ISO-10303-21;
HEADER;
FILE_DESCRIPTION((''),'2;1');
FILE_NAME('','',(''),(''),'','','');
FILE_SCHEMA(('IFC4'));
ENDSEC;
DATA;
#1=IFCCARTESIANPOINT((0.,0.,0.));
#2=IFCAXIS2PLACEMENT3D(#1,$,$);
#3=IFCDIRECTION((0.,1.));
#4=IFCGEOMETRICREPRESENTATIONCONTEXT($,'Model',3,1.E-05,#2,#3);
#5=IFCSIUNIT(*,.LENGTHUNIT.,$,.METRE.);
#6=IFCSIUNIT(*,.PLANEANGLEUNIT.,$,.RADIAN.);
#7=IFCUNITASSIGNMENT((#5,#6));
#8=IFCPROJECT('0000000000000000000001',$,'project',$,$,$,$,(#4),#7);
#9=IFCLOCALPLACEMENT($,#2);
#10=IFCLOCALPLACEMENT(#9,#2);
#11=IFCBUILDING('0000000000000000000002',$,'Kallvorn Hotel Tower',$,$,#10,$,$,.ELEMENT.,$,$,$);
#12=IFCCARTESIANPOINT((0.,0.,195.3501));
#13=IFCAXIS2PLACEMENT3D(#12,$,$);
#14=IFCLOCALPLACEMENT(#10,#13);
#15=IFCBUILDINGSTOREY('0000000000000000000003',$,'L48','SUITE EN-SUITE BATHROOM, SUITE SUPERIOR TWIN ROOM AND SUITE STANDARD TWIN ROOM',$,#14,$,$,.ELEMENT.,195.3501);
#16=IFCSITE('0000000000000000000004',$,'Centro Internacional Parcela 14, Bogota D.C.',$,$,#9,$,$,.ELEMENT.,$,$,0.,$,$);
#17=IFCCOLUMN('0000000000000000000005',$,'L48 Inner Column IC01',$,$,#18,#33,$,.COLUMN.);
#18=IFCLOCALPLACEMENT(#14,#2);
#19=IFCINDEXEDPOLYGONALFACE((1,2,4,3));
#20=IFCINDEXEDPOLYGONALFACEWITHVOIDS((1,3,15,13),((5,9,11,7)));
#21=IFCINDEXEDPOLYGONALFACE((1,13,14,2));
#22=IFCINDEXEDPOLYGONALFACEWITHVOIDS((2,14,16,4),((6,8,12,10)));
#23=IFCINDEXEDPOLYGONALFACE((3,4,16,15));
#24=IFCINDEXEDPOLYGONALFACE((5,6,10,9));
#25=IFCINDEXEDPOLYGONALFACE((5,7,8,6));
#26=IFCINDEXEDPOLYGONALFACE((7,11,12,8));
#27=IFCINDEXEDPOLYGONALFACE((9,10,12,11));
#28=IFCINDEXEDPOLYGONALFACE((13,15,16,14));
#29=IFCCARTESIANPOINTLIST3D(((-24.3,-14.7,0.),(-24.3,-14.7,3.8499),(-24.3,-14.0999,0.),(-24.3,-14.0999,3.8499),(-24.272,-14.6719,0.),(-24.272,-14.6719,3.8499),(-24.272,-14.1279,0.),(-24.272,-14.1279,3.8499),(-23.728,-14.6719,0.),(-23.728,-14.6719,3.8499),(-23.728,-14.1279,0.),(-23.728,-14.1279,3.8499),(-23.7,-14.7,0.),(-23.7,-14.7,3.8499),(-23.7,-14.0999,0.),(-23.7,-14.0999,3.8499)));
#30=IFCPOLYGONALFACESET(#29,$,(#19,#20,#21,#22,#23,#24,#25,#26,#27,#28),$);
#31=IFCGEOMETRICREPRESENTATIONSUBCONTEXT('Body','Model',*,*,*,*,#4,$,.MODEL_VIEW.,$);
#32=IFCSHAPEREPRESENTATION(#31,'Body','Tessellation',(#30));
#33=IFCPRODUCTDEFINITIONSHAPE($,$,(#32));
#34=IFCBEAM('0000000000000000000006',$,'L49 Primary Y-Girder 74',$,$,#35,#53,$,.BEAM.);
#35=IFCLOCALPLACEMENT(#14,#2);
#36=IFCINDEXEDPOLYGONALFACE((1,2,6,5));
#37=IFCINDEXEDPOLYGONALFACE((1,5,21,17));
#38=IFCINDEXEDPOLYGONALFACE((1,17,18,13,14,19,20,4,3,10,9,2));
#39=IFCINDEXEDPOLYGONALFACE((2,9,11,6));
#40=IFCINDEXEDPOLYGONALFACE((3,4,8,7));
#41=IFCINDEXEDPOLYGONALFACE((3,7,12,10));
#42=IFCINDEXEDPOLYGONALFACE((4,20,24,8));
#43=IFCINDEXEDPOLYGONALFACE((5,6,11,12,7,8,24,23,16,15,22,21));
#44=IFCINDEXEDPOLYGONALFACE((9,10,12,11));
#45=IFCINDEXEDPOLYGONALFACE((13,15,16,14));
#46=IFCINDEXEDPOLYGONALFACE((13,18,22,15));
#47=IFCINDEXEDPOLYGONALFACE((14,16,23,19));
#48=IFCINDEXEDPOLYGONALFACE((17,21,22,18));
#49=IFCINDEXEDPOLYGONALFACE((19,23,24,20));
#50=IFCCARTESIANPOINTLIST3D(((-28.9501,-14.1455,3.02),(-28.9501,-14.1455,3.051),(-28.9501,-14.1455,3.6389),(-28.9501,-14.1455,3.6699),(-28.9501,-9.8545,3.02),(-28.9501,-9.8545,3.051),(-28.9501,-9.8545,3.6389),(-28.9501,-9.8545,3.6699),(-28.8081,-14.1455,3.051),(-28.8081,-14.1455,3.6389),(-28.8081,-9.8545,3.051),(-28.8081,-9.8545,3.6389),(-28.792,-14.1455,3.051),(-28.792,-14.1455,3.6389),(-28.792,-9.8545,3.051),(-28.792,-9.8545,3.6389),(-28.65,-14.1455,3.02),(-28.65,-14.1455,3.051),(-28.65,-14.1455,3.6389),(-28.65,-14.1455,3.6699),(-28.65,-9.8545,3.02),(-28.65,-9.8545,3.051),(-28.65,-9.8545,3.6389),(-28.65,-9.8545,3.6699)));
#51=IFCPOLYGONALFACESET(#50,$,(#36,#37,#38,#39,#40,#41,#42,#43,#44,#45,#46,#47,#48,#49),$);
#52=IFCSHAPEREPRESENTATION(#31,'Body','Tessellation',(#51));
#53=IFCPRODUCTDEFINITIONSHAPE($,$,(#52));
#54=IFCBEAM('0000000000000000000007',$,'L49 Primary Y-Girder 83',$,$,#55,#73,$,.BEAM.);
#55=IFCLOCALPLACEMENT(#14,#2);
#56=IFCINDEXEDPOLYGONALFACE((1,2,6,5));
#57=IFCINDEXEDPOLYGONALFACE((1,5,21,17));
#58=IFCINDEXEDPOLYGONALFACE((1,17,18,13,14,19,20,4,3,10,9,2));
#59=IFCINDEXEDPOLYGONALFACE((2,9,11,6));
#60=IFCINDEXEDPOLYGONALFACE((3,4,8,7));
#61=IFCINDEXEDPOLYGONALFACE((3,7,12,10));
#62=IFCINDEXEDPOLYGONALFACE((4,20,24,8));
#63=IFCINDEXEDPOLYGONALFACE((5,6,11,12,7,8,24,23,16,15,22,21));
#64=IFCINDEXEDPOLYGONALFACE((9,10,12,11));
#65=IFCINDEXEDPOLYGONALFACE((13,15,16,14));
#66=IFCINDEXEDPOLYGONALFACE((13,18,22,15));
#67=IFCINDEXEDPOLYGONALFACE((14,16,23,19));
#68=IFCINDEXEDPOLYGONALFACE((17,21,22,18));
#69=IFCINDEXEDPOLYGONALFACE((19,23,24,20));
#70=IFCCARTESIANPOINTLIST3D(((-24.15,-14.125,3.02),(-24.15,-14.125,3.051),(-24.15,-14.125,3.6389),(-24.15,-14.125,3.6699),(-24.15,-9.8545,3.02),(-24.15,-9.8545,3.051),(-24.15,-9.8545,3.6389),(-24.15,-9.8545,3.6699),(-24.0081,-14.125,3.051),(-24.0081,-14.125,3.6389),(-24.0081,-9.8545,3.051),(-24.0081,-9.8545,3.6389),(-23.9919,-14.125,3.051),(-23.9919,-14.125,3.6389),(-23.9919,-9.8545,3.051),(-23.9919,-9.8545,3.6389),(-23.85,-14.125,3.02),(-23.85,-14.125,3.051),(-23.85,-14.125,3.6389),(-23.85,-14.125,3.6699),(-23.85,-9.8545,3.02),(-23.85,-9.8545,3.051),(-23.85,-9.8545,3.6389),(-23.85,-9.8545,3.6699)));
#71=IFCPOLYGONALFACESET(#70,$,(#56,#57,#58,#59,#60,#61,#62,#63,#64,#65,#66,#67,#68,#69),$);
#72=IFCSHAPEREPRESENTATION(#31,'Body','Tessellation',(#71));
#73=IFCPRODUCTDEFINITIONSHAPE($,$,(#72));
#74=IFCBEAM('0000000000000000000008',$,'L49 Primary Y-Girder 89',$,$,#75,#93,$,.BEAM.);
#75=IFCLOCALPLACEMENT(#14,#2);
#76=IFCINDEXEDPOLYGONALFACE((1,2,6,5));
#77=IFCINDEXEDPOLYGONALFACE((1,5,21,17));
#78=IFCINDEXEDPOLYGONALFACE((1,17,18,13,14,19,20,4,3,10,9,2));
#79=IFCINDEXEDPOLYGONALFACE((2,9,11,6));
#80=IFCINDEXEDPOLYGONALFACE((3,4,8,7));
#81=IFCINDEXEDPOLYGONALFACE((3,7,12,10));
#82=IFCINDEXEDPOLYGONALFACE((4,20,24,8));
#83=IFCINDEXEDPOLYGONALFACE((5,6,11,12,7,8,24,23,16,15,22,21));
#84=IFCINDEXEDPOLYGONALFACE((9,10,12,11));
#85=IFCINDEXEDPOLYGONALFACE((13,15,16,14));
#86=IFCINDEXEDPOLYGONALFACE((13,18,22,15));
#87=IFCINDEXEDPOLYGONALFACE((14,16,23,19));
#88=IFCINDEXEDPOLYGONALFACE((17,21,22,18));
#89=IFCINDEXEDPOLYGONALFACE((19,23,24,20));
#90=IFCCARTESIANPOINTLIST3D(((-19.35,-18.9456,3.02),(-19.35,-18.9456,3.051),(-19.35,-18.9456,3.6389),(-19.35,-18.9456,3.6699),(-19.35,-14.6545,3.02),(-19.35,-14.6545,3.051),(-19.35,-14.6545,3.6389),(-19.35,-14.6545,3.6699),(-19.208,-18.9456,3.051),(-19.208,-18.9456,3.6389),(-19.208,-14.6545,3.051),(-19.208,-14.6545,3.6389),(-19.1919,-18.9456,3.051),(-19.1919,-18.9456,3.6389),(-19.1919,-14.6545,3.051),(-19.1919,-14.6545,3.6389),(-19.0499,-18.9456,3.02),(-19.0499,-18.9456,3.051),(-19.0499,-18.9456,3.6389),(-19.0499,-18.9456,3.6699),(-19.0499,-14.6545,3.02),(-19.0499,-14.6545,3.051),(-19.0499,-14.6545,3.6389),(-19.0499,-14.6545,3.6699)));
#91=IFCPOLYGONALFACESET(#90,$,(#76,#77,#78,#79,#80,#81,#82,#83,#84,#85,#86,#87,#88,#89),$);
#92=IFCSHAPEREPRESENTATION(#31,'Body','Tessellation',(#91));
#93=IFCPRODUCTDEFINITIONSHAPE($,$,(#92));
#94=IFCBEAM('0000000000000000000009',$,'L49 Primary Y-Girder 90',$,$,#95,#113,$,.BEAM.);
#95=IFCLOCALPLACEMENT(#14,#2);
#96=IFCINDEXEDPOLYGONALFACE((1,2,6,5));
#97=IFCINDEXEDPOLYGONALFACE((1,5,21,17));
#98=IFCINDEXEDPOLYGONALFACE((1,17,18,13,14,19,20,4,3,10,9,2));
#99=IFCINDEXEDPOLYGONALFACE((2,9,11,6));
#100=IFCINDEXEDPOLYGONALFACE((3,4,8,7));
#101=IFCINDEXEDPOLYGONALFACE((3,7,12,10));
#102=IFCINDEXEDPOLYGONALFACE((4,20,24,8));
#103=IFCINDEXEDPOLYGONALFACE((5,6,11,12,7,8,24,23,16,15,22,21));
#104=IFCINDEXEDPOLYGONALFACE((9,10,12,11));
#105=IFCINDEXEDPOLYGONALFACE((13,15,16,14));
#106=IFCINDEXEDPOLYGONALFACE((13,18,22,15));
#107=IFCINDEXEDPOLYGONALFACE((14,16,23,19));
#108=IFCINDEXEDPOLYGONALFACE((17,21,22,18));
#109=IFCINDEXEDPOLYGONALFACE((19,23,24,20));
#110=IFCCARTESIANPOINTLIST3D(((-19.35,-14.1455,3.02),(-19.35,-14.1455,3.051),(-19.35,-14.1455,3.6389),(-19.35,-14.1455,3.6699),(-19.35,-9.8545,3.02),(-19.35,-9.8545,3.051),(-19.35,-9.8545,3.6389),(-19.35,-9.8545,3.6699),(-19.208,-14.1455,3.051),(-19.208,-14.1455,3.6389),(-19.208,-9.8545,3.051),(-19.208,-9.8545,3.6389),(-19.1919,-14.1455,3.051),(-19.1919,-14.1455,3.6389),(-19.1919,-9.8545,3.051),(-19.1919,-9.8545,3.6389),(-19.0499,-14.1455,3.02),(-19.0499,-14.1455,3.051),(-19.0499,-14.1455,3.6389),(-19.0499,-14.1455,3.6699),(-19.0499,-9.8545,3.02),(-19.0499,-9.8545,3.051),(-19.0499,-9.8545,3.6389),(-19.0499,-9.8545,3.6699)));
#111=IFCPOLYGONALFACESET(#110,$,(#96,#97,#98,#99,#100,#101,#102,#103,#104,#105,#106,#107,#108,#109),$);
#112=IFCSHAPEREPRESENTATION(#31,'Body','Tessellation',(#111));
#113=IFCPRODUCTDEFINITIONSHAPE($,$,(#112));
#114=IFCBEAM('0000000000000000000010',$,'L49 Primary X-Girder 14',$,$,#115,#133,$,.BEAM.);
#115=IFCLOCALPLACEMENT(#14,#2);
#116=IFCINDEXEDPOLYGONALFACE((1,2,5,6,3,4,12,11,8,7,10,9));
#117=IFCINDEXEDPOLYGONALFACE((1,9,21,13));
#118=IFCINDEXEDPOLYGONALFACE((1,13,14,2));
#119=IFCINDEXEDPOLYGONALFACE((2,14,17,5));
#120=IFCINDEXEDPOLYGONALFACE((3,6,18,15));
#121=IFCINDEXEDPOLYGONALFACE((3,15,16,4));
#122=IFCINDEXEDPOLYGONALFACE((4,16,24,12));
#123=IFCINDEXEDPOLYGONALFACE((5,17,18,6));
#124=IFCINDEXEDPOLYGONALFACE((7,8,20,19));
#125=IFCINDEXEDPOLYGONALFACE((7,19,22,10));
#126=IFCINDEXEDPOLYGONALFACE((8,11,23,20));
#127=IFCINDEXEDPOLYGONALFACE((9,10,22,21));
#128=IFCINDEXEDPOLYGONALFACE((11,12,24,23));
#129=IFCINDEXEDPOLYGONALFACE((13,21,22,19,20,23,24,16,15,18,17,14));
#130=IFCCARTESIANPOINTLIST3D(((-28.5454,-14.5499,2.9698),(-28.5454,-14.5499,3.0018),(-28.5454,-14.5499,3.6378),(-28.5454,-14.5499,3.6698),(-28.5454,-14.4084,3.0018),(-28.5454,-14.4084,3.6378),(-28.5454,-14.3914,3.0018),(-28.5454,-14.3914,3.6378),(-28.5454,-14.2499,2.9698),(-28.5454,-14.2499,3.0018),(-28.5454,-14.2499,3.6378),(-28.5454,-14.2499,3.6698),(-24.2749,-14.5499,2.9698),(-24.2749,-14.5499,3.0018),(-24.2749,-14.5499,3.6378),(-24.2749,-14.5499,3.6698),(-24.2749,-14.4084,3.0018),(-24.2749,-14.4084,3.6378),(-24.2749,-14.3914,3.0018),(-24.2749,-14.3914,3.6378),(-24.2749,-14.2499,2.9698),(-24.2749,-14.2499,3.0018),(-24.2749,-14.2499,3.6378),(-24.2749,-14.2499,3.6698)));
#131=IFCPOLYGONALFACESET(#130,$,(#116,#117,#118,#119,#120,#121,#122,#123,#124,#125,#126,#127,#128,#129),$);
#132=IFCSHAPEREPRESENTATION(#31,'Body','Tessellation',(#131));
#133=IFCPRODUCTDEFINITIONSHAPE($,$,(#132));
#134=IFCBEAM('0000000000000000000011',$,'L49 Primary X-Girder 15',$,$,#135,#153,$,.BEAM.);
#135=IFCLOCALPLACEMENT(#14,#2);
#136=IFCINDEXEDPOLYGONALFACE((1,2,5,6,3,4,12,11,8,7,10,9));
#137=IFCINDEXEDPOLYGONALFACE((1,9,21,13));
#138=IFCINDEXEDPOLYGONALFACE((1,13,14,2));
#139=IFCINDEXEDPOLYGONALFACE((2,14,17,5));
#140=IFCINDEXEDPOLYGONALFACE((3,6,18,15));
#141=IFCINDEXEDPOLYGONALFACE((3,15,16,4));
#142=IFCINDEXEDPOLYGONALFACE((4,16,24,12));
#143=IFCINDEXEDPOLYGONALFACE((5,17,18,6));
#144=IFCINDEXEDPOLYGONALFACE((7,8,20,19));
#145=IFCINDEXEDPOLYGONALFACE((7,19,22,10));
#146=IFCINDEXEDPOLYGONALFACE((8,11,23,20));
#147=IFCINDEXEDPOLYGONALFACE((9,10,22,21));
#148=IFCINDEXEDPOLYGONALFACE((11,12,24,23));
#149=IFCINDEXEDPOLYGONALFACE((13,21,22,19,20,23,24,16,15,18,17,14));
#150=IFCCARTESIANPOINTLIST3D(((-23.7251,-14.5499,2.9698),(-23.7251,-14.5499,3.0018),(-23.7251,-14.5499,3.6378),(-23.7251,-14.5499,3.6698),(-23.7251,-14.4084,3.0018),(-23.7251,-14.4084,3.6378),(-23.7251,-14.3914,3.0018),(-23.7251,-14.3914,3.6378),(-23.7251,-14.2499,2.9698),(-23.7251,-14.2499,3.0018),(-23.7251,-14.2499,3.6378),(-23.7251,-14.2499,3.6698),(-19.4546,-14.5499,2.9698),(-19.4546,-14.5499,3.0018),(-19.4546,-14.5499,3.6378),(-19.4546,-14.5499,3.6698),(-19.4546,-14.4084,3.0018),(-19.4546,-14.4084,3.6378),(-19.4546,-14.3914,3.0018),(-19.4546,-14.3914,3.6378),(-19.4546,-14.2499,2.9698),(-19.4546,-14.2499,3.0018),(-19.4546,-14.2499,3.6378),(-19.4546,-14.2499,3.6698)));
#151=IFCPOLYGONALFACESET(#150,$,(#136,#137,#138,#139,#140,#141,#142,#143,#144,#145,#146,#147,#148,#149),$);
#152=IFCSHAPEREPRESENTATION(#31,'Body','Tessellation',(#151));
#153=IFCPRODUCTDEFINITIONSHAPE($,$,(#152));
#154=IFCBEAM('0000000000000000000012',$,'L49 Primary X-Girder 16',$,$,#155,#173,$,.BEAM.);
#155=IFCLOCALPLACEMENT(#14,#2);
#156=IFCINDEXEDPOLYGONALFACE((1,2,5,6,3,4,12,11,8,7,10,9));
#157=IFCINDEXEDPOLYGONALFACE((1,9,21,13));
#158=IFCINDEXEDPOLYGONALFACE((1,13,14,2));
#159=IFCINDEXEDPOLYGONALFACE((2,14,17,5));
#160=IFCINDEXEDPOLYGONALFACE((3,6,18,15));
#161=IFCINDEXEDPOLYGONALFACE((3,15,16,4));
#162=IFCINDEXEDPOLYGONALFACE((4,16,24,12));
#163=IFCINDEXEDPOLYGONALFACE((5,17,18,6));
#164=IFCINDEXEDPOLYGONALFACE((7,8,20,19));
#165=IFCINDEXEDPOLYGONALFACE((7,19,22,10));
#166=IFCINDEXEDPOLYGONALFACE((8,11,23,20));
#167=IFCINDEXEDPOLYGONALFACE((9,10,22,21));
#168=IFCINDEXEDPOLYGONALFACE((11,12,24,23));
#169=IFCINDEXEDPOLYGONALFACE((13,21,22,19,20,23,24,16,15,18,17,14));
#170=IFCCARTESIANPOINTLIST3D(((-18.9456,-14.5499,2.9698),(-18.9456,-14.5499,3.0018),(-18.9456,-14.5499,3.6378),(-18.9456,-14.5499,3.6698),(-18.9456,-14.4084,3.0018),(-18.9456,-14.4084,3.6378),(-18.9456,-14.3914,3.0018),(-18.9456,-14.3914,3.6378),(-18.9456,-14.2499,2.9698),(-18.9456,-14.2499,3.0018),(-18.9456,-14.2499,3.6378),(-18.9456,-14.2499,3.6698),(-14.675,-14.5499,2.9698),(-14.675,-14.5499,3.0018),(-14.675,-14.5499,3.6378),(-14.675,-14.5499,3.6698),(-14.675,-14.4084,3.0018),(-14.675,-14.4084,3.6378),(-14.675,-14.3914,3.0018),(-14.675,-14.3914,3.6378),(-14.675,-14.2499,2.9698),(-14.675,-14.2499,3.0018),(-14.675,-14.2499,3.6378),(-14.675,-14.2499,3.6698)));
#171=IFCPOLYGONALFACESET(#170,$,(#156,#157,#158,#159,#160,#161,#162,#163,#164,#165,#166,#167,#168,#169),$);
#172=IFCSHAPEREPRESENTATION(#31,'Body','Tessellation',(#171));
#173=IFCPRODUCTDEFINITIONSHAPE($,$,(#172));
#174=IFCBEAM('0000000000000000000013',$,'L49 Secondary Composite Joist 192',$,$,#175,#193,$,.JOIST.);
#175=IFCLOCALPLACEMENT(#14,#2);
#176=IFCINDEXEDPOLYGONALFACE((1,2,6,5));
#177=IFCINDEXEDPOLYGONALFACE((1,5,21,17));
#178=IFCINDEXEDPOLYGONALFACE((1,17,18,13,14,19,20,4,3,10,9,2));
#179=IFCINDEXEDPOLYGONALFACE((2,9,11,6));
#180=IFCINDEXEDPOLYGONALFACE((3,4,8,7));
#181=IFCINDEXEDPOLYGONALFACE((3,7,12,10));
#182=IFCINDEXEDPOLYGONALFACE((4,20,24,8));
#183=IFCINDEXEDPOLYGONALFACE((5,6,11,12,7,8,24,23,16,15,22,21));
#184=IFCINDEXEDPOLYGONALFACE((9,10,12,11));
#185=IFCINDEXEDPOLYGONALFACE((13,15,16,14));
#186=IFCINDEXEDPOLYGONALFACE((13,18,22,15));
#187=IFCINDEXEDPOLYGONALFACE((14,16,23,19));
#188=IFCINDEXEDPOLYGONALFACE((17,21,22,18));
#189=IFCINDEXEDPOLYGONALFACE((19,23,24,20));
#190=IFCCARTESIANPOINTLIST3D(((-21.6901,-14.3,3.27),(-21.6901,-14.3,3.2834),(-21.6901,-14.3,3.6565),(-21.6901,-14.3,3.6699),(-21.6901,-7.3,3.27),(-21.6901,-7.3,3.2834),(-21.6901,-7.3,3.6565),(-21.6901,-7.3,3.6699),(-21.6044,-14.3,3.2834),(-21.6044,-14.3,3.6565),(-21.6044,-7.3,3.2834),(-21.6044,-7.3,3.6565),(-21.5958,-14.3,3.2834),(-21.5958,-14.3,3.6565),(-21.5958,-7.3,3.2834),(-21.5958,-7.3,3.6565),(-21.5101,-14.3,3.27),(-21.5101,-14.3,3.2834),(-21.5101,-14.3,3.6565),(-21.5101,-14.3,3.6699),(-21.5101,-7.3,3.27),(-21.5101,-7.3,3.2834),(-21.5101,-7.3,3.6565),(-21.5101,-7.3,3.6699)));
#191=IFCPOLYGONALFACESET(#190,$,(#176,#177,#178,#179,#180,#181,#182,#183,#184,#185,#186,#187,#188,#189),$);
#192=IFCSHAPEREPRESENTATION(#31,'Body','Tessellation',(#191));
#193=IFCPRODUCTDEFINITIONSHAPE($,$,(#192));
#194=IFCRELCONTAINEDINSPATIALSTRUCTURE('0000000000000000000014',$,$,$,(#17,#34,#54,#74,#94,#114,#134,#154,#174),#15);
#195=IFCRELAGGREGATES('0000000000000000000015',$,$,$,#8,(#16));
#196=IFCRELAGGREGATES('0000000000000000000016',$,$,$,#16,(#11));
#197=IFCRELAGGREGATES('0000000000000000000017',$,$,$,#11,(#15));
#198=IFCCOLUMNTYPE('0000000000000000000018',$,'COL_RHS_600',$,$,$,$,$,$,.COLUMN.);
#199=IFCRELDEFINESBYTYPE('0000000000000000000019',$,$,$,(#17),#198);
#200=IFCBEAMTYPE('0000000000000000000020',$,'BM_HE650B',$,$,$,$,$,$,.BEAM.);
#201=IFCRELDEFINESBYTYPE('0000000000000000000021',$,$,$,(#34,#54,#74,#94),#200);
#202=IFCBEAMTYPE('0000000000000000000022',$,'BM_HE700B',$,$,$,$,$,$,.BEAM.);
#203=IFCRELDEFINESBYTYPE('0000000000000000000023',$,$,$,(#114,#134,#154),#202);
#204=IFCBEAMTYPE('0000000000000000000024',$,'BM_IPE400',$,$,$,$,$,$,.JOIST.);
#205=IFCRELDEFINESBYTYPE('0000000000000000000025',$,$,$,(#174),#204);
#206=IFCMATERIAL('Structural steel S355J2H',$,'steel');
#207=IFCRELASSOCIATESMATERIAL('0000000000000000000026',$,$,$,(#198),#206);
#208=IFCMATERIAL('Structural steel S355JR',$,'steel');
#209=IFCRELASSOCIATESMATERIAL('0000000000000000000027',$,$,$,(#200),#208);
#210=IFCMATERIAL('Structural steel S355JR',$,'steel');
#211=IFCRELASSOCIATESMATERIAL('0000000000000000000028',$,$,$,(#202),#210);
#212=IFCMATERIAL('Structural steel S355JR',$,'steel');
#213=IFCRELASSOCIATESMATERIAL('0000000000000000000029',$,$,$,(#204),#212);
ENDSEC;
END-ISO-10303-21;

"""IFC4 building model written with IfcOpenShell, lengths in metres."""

from ifc_helpers import new_model, si_unit, direction, frame, origin, origin_2d, place, context, subcontext, project, spatial, hollow_rectangle, i_section, extrude, material, material_profile, profile_set, type_object, element, save


model = new_model("IFC4")

# Units and contexts
model_context = context("Model", 3, precision=1e-05, world=origin(), true_north=direction((0.0, 1.0)))
body_context = subcontext(model_context, "Body", "Model", "MODEL_VIEW")
ifc_project = project(units=[si_unit("LENGTHUNIT", "METRE"), si_unit("PLANEANGLEUNIT", "RADIAN")], contexts=[model_context])

# Site, building, storey
site_placement = place(None, origin())
site = spatial("IfcSite", under=ifc_project, at=site_placement, Name="Centro Internacional Parcela 14, Bogota D.C.", CompositionType="ELEMENT", RefElevation=0.0)
building_placement = place(site_placement, origin())
building = spatial("IfcBuilding", under=site, at=building_placement, Name="Kallvorn Hotel Tower", CompositionType="ELEMENT")
storey_placement = place(building_placement, frame((0.0, 0.0, 195.3501)))
storey = spatial("IfcBuildingStorey", under=building, at=storey_placement, Name="L48", Description="SUITE EN-SUITE BATHROOM, SUITE SUPERIOR TWIN ROOM AND SUITE STANDARD TWIN ROOM", CompositionType="ELEMENT", Elevation=195.3501)

# Column
ifc_material_1 = material(Name="Structural steel S355J2H", Category="steel")
ifc_material_profile_1 = material_profile(ifc_material_1, hollow_rectangle(XDim=0.6001, YDim=0.6001, WallThickness=0.0281, at=origin_2d()), Name="RHS 600x600x28")
ifc_profile_set_1 = profile_set([ifc_material_profile_1], Name="Structural steel S355J2H")
column_type_1 = type_object("IfcColumnType", Name="COL_RHS_600", PredefinedType="COLUMN", material=ifc_profile_set_1)
column_placement = place(storey_placement, frame((-24.0, -14.3999, 0.0), z_axis=(0.0, 0.0, 1.0), x_axis=(1.0, 0.0, 0.0)))
element("IfcColumn", 1, at=column_placement, inside=storey, type_object=column_type_1, Name="L48 Inner Column IC01", PredefinedType="COLUMN", context=body_context, shape_type="SweptSolid", body=[
    extrude(hollow_rectangle(XDim=0.6001, YDim=0.6001, WallThickness=0.0281, at=origin_2d()), origin(), (0.0, 0.0, 1.0), 3.8499),
])

# Beams
ifc_material_2 = material(Name="Structural steel S355JR", Category="steel")
ifc_material_profile_2 = material_profile(ifc_material_2, i_section(OverallWidth=0.3, OverallDepth=0.6499, WebThickness=0.0161, FlangeThickness=0.031, at=origin_2d()), Name="HE 650 B")
ifc_profile_set_2 = profile_set([ifc_material_profile_2], Name="Structural steel S355JR")
beam_type_1 = type_object("IfcBeamType", Name="BM_HE650B", PredefinedType="BEAM", material=ifc_profile_set_2)
beam_1_placement = place(storey_placement, frame((-28.8, -14.1455, 3.345), z_axis=(0.0, 1.0, 0.0), x_axis=(-1.0, 0.0, 0.0)))
element("IfcBeam", 2, at=beam_1_placement, inside=storey, type_object=beam_type_1, Name="L49 Primary Y-Girder 74", PredefinedType="BEAM", context=body_context, shape_type="SweptSolid", body=[
    extrude(i_section(OverallWidth=0.3, OverallDepth=0.6499, WebThickness=0.0161, FlangeThickness=0.031, at=origin_2d()), origin(), (0.0, 0.0, 1.0), 4.291),
])
beam_2_placement = place(storey_placement, frame((-24.0, -14.125, 3.345), z_axis=(0.0, 1.0, 0.0), x_axis=(-1.0, 0.0, 0.0)))
element("IfcBeam", 3, at=beam_2_placement, inside=storey, type_object=beam_type_1, Name="L49 Primary Y-Girder 83", PredefinedType="BEAM", context=body_context, shape_type="SweptSolid", body=[
    extrude(i_section(OverallWidth=0.3, OverallDepth=0.6499, WebThickness=0.0161, FlangeThickness=0.031, at=origin_2d()), origin(), (0.0, 0.0, 1.0), 4.2705),
])
for number, where, z_axis, x_axis, name in (
    (4, (-19.2, -18.9456, 3.345), (0.0, 1.0, 0.0), (-1.0, 0.0, 0.0), "L49 Primary Y-Girder 89"),
    (5, (-19.2, -14.1455, 3.345), (0.0, 1.0, 0.0), (-1.0, 0.0, 0.0), "L49 Primary Y-Girder 90"),
):
    element("IfcBeam", number, at=place(storey_placement, frame(where, z_axis=z_axis, x_axis=x_axis)), inside=storey, type_object=beam_type_1, Name=name, PredefinedType="BEAM", context=body_context, shape_type="SweptSolid", body=[
        extrude(i_section(OverallWidth=0.3, OverallDepth=0.6499, WebThickness=0.0161, FlangeThickness=0.031, at=origin_2d()), origin(), (0.0, 0.0, 1.0), 4.291),
    ])
ifc_material_3 = material(Name="Structural steel S355JR", Category="steel")
ifc_material_profile_3 = material_profile(ifc_material_3, i_section(OverallWidth=0.3, OverallDepth=0.7, WebThickness=0.0171, FlangeThickness=0.032, at=origin_2d()), Name="HE 700 B")
ifc_profile_set_3 = profile_set([ifc_material_profile_3], Name="Structural steel S355JR")
beam_type_2 = type_object("IfcBeamType", Name="BM_HE700B", PredefinedType="BEAM", material=ifc_profile_set_3)
for number, where, z_axis, x_axis, name in (
    (6, (-28.5454, -14.3999, 3.3198), (1.0, 0.0, 0.0), (0.0, 1.0, 0.0), "L49 Primary X-Girder 14"),
    (7, (-23.7251, -14.3999, 3.3198), (1.0, 0.0, 0.0), (0.0, 1.0, 0.0), "L49 Primary X-Girder 15"),
    (8, (-18.9456, -14.3999, 3.3198), (1.0, 0.0, 0.0), (0.0, 1.0, 0.0), "L49 Primary X-Girder 16"),
):
    element("IfcBeam", number, at=place(storey_placement, frame(where, z_axis=z_axis, x_axis=x_axis)), inside=storey, type_object=beam_type_2, Name=name, PredefinedType="BEAM", context=body_context, shape_type="SweptSolid", body=[
        extrude(i_section(OverallWidth=0.3, OverallDepth=0.7, WebThickness=0.0171, FlangeThickness=0.032, at=origin_2d()), origin(), (0.0, 0.0, 1.0), 4.2705),
    ])
ifc_material_4 = material(Name="Structural steel S355JR", Category="steel")
ifc_material_profile_4 = material_profile(ifc_material_4, i_section(OverallWidth=0.1799, OverallDepth=0.3999, WebThickness=0.0085, FlangeThickness=0.0134, at=origin_2d()), Name="IPE 400")
ifc_profile_set_4 = profile_set([ifc_material_profile_4], Name="Structural steel S355JR")
beam_type_3 = type_object("IfcBeamType", Name="BM_IPE400", PredefinedType="JOIST", material=ifc_profile_set_4)
for number, where, z_axis, x_axis, name in (
    (9, (-21.6001, -14.3, 3.47), (0.0, 1.0, 0.0), (-1.0, 0.0, 0.0), "L49 Secondary Composite Joist 192"),
):
    element("IfcBeam", number, at=place(storey_placement, frame(where, z_axis=z_axis, x_axis=x_axis)), inside=storey, type_object=beam_type_3, Name=name, PredefinedType="JOIST", context=body_context, shape_type="SweptSolid", body=[
        extrude(i_section(OverallWidth=0.1799, OverallDepth=0.3999, WebThickness=0.0085, FlangeThickness=0.0134, at=origin_2d()), origin(), (0.0, 0.0, 1.0), 7.0),
    ])

save(model, "model.ifc")
